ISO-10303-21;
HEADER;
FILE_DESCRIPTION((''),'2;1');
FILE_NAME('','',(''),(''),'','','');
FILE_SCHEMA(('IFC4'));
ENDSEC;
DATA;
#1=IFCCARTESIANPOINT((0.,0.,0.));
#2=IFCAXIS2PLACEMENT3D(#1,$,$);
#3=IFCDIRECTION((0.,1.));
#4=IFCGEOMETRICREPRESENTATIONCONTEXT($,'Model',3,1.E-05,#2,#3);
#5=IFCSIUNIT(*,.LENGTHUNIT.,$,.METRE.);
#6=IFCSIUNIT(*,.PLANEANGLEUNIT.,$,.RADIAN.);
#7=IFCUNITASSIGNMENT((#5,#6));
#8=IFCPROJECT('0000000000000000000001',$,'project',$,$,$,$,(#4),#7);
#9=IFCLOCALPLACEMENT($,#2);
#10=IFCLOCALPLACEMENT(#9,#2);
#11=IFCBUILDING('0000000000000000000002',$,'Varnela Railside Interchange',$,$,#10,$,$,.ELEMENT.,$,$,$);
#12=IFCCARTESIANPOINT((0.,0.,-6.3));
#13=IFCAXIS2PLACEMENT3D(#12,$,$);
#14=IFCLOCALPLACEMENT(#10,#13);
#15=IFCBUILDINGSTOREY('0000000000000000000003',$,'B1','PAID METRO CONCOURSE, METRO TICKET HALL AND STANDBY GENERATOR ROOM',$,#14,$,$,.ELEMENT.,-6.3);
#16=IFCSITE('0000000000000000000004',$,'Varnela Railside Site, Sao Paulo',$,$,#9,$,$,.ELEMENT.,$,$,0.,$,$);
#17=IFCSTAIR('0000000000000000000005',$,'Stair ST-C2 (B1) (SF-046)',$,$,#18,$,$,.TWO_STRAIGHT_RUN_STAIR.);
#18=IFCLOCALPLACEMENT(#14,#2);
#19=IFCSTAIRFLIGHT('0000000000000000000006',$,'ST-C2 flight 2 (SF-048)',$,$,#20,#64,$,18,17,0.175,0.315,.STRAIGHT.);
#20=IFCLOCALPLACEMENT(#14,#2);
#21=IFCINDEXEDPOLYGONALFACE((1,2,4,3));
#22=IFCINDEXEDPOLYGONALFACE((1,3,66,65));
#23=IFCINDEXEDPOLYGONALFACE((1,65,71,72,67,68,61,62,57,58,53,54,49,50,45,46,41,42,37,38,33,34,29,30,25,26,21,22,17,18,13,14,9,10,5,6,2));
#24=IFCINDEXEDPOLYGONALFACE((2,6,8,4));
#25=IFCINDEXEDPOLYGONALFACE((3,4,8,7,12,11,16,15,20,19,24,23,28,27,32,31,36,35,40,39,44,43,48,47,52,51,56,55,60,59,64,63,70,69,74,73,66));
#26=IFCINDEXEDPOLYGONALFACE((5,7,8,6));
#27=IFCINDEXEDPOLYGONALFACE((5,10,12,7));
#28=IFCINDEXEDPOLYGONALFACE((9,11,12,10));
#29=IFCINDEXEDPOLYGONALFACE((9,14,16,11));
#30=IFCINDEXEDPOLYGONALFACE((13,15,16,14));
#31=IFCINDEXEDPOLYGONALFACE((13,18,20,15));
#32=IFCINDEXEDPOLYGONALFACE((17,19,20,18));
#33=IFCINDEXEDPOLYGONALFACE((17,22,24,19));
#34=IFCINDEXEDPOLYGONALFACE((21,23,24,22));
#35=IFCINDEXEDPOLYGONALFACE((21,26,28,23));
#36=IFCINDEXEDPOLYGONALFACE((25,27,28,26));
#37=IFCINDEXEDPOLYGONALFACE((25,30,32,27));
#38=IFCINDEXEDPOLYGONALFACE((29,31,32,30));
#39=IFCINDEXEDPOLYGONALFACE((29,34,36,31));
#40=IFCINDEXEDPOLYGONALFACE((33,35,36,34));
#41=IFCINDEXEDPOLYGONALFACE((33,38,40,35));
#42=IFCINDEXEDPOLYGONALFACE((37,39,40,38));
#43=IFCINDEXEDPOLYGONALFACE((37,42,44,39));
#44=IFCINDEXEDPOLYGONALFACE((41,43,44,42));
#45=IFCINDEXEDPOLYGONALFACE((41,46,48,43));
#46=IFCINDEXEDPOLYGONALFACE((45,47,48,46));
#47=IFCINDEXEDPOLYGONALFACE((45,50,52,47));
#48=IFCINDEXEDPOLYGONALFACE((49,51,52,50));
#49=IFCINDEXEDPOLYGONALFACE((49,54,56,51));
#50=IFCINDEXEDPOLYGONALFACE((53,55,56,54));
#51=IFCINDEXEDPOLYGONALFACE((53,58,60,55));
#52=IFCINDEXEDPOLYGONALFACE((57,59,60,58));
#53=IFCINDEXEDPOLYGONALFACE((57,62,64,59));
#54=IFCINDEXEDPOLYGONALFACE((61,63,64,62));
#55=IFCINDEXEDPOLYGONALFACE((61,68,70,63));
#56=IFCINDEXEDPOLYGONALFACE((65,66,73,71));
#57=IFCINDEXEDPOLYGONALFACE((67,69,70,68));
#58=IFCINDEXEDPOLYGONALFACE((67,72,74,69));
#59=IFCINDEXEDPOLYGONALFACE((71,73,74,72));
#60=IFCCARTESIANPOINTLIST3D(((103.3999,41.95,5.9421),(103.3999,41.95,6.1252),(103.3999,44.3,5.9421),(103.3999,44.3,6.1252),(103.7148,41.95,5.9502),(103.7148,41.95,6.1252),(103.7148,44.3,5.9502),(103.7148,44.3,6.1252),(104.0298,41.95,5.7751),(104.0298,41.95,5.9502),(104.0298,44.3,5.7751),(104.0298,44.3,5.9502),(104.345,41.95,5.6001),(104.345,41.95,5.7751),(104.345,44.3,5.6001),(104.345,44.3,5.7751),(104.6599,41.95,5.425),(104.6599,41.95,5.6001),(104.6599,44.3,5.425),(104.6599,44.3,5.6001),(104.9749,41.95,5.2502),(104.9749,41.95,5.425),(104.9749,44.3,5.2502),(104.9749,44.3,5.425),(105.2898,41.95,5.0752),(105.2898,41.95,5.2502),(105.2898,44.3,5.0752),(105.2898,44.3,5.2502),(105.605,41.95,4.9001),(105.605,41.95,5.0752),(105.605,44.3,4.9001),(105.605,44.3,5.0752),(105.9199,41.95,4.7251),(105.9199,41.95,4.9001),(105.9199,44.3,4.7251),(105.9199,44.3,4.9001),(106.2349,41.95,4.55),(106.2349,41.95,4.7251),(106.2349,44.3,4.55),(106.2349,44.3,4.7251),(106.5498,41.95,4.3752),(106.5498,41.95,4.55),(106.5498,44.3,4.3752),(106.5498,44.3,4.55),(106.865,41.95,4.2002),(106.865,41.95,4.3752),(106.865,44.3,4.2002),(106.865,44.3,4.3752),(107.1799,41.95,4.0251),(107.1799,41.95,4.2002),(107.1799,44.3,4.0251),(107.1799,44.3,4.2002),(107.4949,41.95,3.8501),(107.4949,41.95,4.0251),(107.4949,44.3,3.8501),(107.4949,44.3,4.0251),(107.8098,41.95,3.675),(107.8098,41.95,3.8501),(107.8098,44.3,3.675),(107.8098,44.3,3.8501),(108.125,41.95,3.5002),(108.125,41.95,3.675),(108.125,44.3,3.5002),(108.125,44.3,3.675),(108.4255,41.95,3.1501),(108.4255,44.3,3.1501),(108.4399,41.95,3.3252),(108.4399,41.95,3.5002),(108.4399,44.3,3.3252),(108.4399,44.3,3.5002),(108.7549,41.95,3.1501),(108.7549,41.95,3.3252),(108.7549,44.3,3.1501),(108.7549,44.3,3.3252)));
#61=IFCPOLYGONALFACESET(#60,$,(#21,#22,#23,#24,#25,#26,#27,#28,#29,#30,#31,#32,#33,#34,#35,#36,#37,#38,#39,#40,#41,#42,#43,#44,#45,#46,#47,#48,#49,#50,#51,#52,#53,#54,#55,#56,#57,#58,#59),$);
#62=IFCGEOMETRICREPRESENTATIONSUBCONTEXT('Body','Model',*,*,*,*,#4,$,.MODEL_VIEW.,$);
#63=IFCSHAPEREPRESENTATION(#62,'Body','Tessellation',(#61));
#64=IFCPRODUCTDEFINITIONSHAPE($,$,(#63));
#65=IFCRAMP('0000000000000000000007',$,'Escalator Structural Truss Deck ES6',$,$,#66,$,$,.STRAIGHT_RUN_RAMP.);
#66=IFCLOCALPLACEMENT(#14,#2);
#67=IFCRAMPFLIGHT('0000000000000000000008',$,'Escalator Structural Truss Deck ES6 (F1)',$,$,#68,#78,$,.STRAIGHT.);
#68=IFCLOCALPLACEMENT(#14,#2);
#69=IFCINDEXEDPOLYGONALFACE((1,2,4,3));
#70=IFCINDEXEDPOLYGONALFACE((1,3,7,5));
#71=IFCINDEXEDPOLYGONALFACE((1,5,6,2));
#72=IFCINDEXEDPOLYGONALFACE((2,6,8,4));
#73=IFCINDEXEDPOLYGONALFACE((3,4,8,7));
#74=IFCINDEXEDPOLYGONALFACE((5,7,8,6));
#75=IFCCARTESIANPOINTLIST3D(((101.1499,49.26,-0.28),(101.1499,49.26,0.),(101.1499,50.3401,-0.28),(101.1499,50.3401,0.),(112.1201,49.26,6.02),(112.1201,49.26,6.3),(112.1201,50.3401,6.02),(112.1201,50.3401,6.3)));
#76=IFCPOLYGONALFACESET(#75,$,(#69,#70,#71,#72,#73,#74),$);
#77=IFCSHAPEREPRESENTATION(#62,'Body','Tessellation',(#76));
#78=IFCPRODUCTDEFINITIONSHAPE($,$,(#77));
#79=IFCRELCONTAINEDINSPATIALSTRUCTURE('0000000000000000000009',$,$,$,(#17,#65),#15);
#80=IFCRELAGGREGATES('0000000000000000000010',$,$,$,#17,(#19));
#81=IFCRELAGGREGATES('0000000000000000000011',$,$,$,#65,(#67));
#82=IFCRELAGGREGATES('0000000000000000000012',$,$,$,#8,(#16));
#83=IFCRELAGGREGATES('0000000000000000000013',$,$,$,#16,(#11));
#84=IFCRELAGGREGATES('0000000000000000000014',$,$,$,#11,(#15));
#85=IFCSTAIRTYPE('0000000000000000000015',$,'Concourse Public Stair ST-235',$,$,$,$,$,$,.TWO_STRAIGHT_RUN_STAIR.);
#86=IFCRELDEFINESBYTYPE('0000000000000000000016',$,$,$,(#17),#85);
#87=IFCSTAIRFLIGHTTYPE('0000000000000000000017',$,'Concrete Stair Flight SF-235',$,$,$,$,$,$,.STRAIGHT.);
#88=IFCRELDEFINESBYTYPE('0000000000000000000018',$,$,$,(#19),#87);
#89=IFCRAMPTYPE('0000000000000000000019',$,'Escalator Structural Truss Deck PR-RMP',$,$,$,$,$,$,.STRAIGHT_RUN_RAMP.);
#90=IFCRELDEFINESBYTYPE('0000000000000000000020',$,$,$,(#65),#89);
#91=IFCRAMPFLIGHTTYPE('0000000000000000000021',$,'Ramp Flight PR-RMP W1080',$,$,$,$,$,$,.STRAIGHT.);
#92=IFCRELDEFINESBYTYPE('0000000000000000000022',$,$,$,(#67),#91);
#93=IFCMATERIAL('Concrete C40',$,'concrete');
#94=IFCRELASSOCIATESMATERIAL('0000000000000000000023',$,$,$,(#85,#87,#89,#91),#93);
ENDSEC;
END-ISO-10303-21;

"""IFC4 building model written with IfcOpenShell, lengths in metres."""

from ifc_helpers import new_model, si_unit, direction, frame, origin, place, context, subcontext, project, spatial, polyline, outline, extrude, material, type_object, element, aggregate, save


model = new_model("IFC4")

# Units and contexts
model_context = context("Model", 3, precision=1e-05, world=origin(), true_north=direction((0.0, 1.0)))
body_context = subcontext(model_context, "Body", "Model", "MODEL_VIEW")
ifc_project = project(units=[si_unit("LENGTHUNIT", "METRE"), si_unit("PLANEANGLEUNIT", "RADIAN")], contexts=[model_context])

# Site, building, storey
site_placement = place(None, origin())
site = spatial("IfcSite", under=ifc_project, at=site_placement, Name="Varnela Railside Site, Sao Paulo", CompositionType="ELEMENT", RefElevation=0.0)
building_placement = place(site_placement, origin())
building = spatial("IfcBuilding", under=site, at=building_placement, Name="Varnela Railside Interchange", CompositionType="ELEMENT")
storey_placement = place(building_placement, frame((0.0, 0.0, -6.3)))
storey = spatial("IfcBuildingStorey", under=building, at=storey_placement, Name="B1", Description="PAID METRO CONCOURSE, METRO TICKET HALL AND STANDBY GENERATOR ROOM", CompositionType="ELEMENT", Elevation=-6.3)

# Shared definitions
ifc_material_1 = material(Name="Concrete C40", Category="concrete")

# Stair, stair flight
stair_type = type_object("IfcStairType", Name="Concourse Public Stair ST-235", PredefinedType="TWO_STRAIGHT_RUN_STAIR", material=ifc_material_1)
stair_placement = place(storey_placement, origin())
stair = element("IfcStair", 1, at=stair_placement, inside=storey, type_object=stair_type, Name="Stair ST-C2 (B1) (SF-046)", PredefinedType="TWO_STRAIGHT_RUN_STAIR")
stair_flight_type = type_object("IfcStairFlightType", Name="Concrete Stair Flight SF-235", PredefinedType="STRAIGHT", material=ifc_material_1)
stair_flight_1_placement = place(storey_placement, frame((108.7549, 43.125, 3.1501), z_axis=(0.0, 0.0, 1.0), x_axis=(-1.0, 0.0, 0.0)))
stair_flight_1 = element("IfcStairFlight", 2, at=stair_flight_1_placement, type_object=stair_flight_type, Name="ST-C2 flight 2 (SF-048)", NumberOfRisers=18, NumberOfTreads=17, PredefinedType="STRAIGHT", RiserHeight=0.175, TreadLength=0.315, context=body_context, shape_type="SweptSolid", body=[
    extrude(outline(polyline([(0.0, 0.0), (0.0, 0.175), (0.3149, 0.175), (0.3149, 0.3501), (0.6299, 0.3501), (0.6299, 0.5249), (0.9451, 0.5249), (0.9451, 0.7), (1.26, 0.7), (1.26, 0.875), (1.575, 0.875), (1.575, 1.05), (1.8899, 1.05), (1.8899, 1.2251), (2.2051, 1.2251), (2.2051, 1.3999), (2.52, 1.3999), (2.52, 1.575), (2.835, 1.575), (2.835, 1.75), (3.1499, 1.75), (3.1499, 1.925), (3.4651, 1.925), (3.4651, 2.1001), (3.78, 2.1001), (3.78, 2.2749), (4.095, 2.2749), (4.095, 2.45), (4.4099, 2.45), (4.4099, 2.625), (4.7251, 2.625), (4.7251, 2.8), (5.04, 2.8), (5.04, 2.9751), (5.355, 2.9751), (5.355, 3.1499), (5.355, 2.792), (0.3293, 0.0), (0.0, 0.0)])), frame((0.0, 1.175, 0.0), z_axis=(0.0, -1.0, 0.0), x_axis=(1.0, 0.0, 0.0)), (0.0, 0.0, 1.0), 2.3501),
])
aggregate(stair, [stair_flight_1])

# Ramp, ramp flight
ramp_type = type_object("IfcRampType", Name="Escalator Structural Truss Deck PR-RMP", PredefinedType="STRAIGHT_RUN_RAMP", material=ifc_material_1)
ramp_placement = place(storey_placement, origin())
ramp = element("IfcRamp", 3, at=ramp_placement, inside=storey, type_object=ramp_type, Name="Escalator Structural Truss Deck ES6", PredefinedType="STRAIGHT_RUN_RAMP")
ramp_flight_type = type_object("IfcRampFlightType", Name="Ramp Flight PR-RMP W1080", PredefinedType="STRAIGHT", material=ifc_material_1)
ramp_flight_placement = place(storey_placement, frame((101.1499, 49.8, 0.0), z_axis=(0.0, 0.0, 1.0), x_axis=(1.0, 0.0, 0.0)))
ramp_flight = element("IfcRampFlight", 4, at=ramp_flight_placement, type_object=ramp_flight_type, Name="Escalator Structural Truss Deck ES6 (F1)", PredefinedType="STRAIGHT", context=body_context, shape_type="SweptSolid", body=[
    extrude(outline(polyline([(0.0, -0.28), (10.9702, 6.02), (10.9702, 6.3), (0.0, 0.0), (0.0, -0.28)])), frame((0.0, 0.54, 0.0), z_axis=(0.0, -1.0, 0.0), x_axis=(1.0, 0.0, 0.0)), (0.0, 0.0, 1.0), 1.0801),
])
aggregate(ramp, [ramp_flight])

save(model, "model.ifc")
